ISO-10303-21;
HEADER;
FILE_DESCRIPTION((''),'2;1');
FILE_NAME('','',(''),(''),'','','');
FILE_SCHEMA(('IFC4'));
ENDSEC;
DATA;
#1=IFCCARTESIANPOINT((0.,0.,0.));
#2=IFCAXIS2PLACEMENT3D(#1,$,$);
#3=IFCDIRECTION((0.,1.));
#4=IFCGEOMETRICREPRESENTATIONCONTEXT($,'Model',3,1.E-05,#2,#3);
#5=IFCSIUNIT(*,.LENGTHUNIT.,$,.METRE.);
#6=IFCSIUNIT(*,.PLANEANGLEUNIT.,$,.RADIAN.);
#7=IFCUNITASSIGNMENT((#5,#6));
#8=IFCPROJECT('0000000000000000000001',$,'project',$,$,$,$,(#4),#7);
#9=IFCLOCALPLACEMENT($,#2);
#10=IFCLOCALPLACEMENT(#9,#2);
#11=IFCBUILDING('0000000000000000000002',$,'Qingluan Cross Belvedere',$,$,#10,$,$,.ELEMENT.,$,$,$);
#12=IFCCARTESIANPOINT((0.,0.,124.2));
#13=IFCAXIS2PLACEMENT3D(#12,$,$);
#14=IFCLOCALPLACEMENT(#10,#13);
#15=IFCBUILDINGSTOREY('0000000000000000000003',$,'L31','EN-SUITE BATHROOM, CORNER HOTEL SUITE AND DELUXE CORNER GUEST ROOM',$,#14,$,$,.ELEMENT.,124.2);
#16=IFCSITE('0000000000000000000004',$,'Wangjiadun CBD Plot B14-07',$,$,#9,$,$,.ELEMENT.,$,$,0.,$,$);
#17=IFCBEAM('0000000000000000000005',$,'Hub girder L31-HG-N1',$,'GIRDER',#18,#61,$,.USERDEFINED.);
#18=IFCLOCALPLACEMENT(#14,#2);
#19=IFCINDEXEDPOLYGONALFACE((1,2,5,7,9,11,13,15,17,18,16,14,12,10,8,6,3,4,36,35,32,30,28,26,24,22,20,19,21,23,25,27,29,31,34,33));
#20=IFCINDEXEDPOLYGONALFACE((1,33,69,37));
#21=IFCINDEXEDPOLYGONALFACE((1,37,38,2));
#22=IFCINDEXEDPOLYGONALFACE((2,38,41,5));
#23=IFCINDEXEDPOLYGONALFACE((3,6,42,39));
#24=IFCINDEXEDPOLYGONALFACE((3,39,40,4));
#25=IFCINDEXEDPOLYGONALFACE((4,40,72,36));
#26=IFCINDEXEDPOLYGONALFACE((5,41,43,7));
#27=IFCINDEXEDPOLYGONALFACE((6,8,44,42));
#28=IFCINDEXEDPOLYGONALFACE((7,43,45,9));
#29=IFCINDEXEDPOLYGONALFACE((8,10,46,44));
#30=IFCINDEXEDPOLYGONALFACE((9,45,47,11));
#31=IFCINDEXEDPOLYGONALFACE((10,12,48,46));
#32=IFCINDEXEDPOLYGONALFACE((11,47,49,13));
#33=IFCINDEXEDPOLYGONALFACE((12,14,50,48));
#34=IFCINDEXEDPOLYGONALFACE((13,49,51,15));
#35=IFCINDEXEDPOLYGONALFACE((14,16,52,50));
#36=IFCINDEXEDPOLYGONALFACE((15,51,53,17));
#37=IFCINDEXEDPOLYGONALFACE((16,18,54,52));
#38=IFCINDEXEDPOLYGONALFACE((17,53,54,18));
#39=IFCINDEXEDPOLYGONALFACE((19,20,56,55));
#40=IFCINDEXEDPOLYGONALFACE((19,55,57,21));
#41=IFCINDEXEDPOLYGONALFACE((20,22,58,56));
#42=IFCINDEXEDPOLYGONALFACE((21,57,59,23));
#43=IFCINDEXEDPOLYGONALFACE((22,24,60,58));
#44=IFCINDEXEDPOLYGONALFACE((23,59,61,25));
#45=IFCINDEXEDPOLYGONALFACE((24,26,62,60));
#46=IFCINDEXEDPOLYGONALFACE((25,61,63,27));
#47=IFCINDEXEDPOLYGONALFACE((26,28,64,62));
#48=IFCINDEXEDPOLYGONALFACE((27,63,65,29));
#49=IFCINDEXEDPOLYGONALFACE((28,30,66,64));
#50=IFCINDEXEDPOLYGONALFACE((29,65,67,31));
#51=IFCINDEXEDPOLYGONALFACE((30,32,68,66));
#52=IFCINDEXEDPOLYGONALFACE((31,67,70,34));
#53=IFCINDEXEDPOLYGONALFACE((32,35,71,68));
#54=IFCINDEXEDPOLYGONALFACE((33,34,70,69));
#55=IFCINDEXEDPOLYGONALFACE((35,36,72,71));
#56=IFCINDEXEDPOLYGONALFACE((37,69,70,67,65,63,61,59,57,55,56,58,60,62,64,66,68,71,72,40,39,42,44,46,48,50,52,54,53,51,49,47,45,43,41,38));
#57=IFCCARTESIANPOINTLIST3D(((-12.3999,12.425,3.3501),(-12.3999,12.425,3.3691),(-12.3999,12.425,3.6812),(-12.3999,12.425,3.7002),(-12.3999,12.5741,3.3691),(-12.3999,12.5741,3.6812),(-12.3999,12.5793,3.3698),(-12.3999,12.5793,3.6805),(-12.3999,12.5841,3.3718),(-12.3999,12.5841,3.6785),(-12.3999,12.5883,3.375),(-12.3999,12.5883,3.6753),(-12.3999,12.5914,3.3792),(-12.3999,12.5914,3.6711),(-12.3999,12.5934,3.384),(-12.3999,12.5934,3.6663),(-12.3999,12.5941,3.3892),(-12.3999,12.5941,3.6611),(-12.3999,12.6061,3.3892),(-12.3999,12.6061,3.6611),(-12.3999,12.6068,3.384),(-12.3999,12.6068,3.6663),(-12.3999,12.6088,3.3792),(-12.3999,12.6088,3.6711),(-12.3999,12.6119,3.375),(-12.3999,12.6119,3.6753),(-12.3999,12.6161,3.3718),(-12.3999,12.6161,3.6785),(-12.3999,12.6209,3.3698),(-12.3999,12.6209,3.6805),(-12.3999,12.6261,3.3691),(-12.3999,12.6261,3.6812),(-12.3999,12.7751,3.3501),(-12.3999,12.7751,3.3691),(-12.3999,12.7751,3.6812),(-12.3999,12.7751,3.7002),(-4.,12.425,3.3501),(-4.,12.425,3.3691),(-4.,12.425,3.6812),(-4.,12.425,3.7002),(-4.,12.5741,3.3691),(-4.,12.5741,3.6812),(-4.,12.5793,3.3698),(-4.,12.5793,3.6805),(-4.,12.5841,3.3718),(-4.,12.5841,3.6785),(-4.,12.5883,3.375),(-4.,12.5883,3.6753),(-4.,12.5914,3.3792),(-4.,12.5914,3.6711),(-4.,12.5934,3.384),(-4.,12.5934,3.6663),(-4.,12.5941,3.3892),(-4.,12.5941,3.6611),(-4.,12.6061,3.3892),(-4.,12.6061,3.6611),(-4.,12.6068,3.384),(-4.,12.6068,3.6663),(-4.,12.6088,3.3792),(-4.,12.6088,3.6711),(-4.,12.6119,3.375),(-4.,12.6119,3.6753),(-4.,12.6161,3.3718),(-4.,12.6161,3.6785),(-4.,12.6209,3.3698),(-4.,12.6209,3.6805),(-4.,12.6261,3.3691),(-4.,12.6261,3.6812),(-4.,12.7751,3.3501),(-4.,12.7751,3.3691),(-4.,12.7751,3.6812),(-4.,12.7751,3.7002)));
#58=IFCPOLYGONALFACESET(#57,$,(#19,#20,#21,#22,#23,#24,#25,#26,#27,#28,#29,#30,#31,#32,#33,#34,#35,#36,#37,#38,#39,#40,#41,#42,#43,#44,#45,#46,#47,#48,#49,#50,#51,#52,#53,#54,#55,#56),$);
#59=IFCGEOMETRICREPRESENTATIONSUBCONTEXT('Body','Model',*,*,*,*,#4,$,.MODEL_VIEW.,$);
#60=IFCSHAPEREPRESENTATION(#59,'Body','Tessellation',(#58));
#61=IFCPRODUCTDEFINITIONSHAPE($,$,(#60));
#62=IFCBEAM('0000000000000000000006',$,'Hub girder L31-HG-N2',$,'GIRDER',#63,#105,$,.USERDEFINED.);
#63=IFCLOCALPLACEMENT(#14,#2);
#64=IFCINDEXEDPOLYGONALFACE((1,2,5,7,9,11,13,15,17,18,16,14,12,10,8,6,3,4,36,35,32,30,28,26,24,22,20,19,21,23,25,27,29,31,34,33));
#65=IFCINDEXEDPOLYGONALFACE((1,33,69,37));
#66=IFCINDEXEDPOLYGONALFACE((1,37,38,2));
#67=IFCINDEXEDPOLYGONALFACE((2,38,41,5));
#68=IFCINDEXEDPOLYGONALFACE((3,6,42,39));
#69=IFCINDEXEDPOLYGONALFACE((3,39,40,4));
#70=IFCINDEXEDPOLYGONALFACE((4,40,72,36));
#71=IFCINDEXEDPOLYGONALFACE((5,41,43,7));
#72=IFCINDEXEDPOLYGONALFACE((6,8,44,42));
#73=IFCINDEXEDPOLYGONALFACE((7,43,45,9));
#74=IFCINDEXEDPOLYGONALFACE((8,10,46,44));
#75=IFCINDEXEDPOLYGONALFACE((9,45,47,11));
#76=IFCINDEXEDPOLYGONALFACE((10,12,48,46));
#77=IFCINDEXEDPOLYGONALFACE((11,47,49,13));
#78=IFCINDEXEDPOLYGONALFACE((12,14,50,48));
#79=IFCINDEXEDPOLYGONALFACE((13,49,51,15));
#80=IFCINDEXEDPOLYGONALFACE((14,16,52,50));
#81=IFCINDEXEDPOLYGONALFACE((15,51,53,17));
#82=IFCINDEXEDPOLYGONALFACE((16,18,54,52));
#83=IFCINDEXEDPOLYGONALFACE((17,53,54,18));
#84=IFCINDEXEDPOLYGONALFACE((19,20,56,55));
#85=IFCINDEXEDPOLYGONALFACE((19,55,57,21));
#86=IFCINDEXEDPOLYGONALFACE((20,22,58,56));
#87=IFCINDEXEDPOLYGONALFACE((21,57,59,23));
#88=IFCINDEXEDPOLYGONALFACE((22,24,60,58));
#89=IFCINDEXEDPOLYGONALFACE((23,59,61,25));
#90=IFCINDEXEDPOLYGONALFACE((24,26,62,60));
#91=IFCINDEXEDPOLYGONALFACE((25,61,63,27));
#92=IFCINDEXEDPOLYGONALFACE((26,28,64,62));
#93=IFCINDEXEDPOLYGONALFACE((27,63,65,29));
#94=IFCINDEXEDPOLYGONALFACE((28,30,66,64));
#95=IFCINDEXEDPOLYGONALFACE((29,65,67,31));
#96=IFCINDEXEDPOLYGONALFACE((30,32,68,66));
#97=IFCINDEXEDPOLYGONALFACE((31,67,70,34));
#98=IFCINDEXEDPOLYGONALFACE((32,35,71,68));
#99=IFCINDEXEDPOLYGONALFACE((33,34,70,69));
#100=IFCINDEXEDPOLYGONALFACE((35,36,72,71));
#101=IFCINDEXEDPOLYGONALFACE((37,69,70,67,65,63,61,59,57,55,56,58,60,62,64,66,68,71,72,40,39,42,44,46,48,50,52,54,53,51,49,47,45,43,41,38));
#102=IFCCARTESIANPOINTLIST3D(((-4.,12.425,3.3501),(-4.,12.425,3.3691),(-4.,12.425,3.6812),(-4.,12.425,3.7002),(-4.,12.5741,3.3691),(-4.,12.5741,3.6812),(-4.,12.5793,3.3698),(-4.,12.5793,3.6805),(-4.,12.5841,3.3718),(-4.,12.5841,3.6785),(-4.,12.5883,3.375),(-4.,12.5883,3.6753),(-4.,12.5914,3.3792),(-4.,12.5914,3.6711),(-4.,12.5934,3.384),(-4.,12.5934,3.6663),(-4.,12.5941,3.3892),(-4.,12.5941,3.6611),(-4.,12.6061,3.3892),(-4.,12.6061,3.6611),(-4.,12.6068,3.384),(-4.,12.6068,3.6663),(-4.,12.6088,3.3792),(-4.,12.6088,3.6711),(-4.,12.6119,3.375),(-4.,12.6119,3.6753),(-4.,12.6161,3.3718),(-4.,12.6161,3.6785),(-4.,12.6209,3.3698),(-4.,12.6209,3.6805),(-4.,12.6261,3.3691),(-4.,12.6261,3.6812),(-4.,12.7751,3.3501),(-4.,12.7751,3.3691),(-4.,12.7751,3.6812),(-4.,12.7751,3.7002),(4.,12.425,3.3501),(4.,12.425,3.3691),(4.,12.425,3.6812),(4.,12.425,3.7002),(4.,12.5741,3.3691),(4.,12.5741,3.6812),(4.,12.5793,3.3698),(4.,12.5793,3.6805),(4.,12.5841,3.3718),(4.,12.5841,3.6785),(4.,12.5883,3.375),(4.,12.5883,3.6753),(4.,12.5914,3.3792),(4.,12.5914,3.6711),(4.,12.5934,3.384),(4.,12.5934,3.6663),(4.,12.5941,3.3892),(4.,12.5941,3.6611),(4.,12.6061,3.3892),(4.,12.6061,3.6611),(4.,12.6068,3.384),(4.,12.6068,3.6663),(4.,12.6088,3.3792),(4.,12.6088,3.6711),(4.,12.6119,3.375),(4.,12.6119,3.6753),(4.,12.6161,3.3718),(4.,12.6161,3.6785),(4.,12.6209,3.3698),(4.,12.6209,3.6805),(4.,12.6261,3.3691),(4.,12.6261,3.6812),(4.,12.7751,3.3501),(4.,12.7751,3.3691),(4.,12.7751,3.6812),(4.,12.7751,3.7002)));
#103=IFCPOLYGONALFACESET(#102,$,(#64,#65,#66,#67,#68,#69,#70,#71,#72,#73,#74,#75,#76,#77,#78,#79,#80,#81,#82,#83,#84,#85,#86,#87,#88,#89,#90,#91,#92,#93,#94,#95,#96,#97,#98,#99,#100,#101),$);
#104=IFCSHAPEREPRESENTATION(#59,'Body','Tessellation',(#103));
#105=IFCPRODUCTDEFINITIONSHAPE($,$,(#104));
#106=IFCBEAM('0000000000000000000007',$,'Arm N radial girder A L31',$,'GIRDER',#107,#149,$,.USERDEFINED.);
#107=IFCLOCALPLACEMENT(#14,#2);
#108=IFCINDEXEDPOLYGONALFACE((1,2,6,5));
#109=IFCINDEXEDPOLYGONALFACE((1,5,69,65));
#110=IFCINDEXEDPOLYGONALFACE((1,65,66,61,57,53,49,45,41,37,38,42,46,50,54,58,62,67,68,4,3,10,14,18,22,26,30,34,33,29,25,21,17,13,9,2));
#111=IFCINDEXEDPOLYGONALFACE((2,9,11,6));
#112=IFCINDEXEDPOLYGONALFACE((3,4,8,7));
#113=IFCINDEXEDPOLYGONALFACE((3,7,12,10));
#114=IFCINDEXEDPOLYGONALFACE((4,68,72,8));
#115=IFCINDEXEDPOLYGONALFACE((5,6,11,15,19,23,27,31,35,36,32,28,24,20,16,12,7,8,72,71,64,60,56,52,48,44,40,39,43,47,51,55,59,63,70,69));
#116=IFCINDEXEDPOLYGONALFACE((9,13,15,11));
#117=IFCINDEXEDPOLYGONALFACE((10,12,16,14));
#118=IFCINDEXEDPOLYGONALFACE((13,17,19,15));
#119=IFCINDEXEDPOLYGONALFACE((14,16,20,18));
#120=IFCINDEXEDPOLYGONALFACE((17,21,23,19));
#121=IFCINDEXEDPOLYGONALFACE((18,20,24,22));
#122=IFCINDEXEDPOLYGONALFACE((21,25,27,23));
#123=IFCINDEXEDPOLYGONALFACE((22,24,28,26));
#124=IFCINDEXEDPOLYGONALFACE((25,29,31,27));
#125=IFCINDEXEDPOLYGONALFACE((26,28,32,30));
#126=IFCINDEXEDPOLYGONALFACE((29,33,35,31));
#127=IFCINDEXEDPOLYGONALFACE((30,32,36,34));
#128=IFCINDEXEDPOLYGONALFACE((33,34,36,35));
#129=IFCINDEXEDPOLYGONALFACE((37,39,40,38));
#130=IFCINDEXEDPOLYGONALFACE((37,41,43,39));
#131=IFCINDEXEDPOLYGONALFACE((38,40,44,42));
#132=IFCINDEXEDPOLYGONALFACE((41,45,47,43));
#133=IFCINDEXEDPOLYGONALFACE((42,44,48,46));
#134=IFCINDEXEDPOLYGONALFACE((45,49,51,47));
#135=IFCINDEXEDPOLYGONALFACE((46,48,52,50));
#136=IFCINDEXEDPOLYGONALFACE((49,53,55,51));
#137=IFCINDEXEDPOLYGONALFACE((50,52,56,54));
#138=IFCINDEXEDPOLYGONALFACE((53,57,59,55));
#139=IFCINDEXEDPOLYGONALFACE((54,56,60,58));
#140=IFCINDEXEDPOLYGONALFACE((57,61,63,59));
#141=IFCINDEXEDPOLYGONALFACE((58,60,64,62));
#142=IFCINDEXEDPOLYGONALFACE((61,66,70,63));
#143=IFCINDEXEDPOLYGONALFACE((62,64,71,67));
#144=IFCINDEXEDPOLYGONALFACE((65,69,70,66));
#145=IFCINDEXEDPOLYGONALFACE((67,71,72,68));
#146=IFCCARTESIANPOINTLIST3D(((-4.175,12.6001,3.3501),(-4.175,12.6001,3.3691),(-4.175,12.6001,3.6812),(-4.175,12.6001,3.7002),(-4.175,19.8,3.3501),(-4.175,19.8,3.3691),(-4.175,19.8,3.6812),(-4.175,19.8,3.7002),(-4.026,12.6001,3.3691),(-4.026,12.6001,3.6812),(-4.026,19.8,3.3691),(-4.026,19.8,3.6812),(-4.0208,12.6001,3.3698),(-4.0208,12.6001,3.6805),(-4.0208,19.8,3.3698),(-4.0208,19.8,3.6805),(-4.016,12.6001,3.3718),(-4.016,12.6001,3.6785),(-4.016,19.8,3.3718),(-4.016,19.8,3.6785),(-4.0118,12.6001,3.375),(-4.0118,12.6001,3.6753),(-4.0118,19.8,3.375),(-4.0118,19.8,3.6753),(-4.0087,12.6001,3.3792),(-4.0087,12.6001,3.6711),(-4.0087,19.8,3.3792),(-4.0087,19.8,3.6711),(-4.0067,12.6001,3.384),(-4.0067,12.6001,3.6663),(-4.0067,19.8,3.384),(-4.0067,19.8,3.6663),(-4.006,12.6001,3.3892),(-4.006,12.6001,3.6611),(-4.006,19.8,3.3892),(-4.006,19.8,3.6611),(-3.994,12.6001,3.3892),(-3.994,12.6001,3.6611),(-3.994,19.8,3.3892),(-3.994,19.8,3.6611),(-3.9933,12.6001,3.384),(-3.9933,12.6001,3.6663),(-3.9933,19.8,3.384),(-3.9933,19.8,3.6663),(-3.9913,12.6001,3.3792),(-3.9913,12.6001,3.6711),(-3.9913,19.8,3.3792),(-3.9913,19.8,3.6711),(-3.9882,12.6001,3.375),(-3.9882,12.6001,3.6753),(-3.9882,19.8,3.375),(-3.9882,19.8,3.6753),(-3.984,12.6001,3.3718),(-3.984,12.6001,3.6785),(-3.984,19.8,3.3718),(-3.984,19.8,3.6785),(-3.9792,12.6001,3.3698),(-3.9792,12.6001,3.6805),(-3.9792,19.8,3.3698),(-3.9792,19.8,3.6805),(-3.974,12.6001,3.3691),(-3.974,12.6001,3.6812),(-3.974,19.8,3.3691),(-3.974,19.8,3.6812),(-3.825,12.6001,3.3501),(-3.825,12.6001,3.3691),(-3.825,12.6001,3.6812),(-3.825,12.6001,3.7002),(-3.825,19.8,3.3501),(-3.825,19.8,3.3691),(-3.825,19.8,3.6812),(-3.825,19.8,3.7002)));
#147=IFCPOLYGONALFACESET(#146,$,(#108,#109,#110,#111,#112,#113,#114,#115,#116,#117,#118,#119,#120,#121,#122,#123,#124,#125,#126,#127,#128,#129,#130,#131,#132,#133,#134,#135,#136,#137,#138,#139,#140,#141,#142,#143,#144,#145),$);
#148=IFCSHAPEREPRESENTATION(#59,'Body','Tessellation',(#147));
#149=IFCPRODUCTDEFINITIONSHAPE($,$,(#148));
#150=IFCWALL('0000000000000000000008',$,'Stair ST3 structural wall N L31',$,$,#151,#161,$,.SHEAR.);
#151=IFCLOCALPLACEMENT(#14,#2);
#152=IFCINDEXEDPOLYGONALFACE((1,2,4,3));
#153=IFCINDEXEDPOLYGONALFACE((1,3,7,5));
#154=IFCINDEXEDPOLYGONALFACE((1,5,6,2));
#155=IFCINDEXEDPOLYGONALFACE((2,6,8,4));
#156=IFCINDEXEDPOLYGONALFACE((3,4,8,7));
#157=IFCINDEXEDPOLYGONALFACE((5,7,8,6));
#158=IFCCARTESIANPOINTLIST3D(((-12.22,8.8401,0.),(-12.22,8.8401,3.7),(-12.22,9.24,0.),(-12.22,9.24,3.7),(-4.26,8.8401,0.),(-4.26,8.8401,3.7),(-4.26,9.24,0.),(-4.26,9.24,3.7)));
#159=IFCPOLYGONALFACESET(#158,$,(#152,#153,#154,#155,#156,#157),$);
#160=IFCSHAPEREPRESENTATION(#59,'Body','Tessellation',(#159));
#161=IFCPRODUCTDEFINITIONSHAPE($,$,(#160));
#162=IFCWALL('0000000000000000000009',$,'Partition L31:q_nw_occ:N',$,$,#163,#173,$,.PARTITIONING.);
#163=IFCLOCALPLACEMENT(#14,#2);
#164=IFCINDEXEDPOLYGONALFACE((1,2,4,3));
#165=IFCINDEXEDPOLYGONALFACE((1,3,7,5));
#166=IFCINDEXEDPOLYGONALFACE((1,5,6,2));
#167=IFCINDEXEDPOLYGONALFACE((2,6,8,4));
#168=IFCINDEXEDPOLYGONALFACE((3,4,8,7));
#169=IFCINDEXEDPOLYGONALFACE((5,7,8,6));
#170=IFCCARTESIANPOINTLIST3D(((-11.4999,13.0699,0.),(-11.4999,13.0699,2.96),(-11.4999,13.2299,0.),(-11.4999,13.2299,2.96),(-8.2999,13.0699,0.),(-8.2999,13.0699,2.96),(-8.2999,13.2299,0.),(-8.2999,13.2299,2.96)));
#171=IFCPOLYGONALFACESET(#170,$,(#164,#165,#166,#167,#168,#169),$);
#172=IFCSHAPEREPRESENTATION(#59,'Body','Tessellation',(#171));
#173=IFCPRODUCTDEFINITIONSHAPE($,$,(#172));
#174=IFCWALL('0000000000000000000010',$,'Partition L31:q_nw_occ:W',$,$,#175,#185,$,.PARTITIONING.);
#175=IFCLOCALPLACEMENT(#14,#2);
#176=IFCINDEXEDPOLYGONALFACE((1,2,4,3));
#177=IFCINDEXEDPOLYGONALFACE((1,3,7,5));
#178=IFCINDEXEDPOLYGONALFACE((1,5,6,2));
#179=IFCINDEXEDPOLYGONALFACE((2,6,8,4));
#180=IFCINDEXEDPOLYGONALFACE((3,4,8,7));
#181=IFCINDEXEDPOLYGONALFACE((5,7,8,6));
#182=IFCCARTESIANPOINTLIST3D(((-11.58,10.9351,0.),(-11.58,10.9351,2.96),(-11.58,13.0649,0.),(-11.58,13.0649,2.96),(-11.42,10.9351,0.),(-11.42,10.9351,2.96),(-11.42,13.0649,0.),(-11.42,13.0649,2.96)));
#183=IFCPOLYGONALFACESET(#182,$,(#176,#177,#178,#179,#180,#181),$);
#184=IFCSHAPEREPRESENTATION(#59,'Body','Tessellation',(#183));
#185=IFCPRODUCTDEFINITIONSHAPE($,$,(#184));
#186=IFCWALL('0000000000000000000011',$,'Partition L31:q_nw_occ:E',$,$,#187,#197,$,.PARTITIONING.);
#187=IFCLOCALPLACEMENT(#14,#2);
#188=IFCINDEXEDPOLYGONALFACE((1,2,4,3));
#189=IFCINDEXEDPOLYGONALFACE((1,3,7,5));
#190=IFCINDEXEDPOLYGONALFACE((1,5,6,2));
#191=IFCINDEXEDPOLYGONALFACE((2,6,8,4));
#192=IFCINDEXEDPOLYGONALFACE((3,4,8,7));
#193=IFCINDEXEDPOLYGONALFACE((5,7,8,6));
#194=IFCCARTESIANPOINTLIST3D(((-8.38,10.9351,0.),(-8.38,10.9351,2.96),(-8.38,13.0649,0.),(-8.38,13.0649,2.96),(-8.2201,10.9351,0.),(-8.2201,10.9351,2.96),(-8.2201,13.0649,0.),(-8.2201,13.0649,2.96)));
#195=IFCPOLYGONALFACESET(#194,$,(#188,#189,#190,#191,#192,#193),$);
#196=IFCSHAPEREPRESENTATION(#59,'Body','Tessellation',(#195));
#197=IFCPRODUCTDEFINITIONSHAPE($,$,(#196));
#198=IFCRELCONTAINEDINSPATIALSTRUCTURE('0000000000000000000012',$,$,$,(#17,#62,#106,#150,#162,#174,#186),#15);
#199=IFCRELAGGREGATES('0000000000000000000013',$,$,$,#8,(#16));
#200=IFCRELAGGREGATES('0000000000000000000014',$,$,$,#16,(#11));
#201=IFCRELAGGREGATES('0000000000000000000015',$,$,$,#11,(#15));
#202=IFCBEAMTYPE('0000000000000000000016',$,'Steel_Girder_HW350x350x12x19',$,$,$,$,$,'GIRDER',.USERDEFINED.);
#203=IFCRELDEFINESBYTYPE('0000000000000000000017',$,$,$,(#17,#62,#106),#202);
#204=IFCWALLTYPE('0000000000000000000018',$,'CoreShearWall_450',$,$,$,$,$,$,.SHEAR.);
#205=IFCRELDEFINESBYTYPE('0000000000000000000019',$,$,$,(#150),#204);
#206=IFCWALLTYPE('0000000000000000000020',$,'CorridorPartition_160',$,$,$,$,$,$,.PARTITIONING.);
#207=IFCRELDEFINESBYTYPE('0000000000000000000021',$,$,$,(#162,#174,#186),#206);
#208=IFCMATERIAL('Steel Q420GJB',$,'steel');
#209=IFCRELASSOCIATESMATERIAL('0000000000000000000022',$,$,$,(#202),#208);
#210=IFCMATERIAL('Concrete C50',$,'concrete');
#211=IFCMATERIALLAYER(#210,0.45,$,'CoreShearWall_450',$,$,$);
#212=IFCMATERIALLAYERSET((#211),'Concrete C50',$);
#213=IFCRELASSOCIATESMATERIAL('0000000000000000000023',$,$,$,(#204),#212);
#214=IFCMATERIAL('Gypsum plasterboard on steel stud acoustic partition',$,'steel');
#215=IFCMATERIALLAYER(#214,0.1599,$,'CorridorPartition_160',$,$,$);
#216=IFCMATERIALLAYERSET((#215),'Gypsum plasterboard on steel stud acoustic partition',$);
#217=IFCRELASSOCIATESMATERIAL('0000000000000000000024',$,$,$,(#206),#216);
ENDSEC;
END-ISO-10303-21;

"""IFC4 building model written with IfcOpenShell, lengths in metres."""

from ifc_helpers import new_model, si_unit, direction, frame, frame_2d, origin, origin_2d, place, context, subcontext, project, spatial, rectangle, i_section, extrude, material, layer, layer_set, material_profile, profile_set, type_object, element, save


model = new_model("IFC4")

# Units and contexts
model_context = context("Model", 3, precision=1e-05, world=origin(), true_north=direction((0.0, 1.0)))
body_context = subcontext(model_context, "Body", "Model", "MODEL_VIEW")
ifc_project = project(units=[si_unit("LENGTHUNIT", "METRE"), si_unit("PLANEANGLEUNIT", "RADIAN")], contexts=[model_context])

# Site, building, storey
site_placement = place(None, origin())
site = spatial("IfcSite", under=ifc_project, at=site_placement, Name="Wangjiadun CBD Plot B14-07", CompositionType="ELEMENT", RefElevation=0.0)
building_placement = place(site_placement, origin())
building = spatial("IfcBuilding", under=site, at=building_placement, Name="Qingluan Cross Belvedere", CompositionType="ELEMENT")
storey_placement = place(building_placement, frame((0.0, 0.0, 124.2)))
storey = spatial("IfcBuildingStorey", under=building, at=storey_placement, Name="L31", Description="EN-SUITE BATHROOM, CORNER HOTEL SUITE AND DELUXE CORNER GUEST ROOM", CompositionType="ELEMENT", Elevation=124.2)

# Beams
ifc_material_1 = material(Name="Steel Q420GJB", Category="steel")
ifc_material_profile_1 = material_profile(ifc_material_1, i_section(OverallWidth=0.3501, OverallDepth=0.3501, WebThickness=0.012, FlangeThickness=0.019, FilletRadius=0.02, at=origin_2d()), Name="HW350x350x12x19")
ifc_profile_set_1 = profile_set([ifc_material_profile_1], Name="Steel Q420GJB")
beam_type_1 = type_object("IfcBeamType", Name="Steel_Girder_HW350x350x12x19", ElementType="GIRDER", PredefinedType="USERDEFINED", material=ifc_profile_set_1)
beam_1_placement = place(storey_placement, frame((-12.3999, 12.6001, 3.5251), z_axis=(1.0, 0.0, 0.0), x_axis=(0.0, 1.0, 0.0)))
element("IfcBeam", 1, at=beam_1_placement, inside=storey, type_object=beam_type_1, Name="Hub girder L31-HG-N1", ObjectType="GIRDER", PredefinedType="USERDEFINED", context=body_context, shape_type="SweptSolid", body=[
    extrude(i_section(OverallWidth=0.3501, OverallDepth=0.3501, WebThickness=0.012, FlangeThickness=0.019, FilletRadius=0.02, at=origin_2d()), origin(), (0.0, 0.0, 1.0), 8.3999),
])
beam_2_placement = place(storey_placement, frame((-4.0, 12.6001, 3.5251), z_axis=(1.0, 0.0, 0.0), x_axis=(0.0, 1.0, 0.0)))
element("IfcBeam", 2, at=beam_2_placement, inside=storey, type_object=beam_type_1, Name="Hub girder L31-HG-N2", ObjectType="GIRDER", PredefinedType="USERDEFINED", context=body_context, shape_type="SweptSolid", body=[
    extrude(i_section(OverallWidth=0.3501, OverallDepth=0.3501, WebThickness=0.012, FlangeThickness=0.019, FilletRadius=0.02, at=origin_2d()), origin(), (0.0, 0.0, 1.0), 8.0),
])
beam_3_placement = place(storey_placement, frame((-4.0, 12.6001, 3.5251), z_axis=(0.0, 1.0, 0.0), x_axis=(-1.0, 0.0, 0.0)))
element("IfcBeam", 3, at=beam_3_placement, inside=storey, type_object=beam_type_1, Name="Arm N radial girder A L31", ObjectType="GIRDER", PredefinedType="USERDEFINED", context=body_context, shape_type="SweptSolid", body=[
    extrude(i_section(OverallWidth=0.3501, OverallDepth=0.3501, WebThickness=0.012, FlangeThickness=0.019, FilletRadius=0.02, at=origin_2d()), origin(), (0.0, 0.0, 1.0), 7.2),
])

# Wall
ifc_material_2 = material(Name="Concrete C50", Category="concrete")
ifc_layer_1 = layer(ifc_material_2, 0.45, Name="CoreShearWall_450")
ifc_layer_set_1 = layer_set([ifc_layer_1], Name="Concrete C50")
wall_type_1 = type_object("IfcWallType", Name="CoreShearWall_450", PredefinedType="SHEAR", material=ifc_layer_set_1)
wall_1_placement = place(storey_placement, frame((-12.22, 9.04, 0.0), z_axis=(0.0, 0.0, 1.0), x_axis=(1.0, 0.0, 0.0)))
element("IfcWall", 4, at=wall_1_placement, inside=storey, type_object=wall_type_1, Name="Stair ST3 structural wall N L31", PredefinedType="SHEAR", context=body_context, shape_type="SweptSolid", body=[
    extrude(rectangle(XDim=7.96, YDim=0.3999, at=frame_2d((3.98, 0.0))), origin(), (0.0, 0.0, 1.0), 3.7),
])

# Shared definitions
ifc_material_3 = material(Name="Gypsum plasterboard on steel stud acoustic partition", Category="steel")
ifc_layer_2 = layer(ifc_material_3, 0.1599, Name="CorridorPartition_160")
ifc_layer_set_2 = layer_set([ifc_layer_2], Name="Gypsum plasterboard on steel stud acoustic partition")
wall_type_2 = type_object("IfcWallType", Name="CorridorPartition_160", PredefinedType="PARTITIONING", material=ifc_layer_set_2)

# Walls
wall_2_placement = place(storey_placement, frame((-11.5, 13.1499, 0.0), z_axis=(0.0, 0.0, 1.0), x_axis=(1.0, 0.0, 0.0)))
element("IfcWall", 5, at=wall_2_placement, inside=storey, type_object=wall_type_2, Name="Partition L31:q_nw_occ:N", PredefinedType="PARTITIONING", context=body_context, shape_type="SweptSolid", body=[
    extrude(rectangle(XDim=3.2, YDim=0.1599, at=frame_2d((1.6001, 0.0))), origin(), (0.0, 0.0, 1.0), 2.96),
])
for number, where, z_axis, x_axis, name in (
    (6, (-11.5, 10.9351, 0.0), (0.0, 0.0, 1.0), (0.0, 1.0, 0.0), "Partition L31:q_nw_occ:W"),
    (7, (-8.3, 10.9351, 0.0), (0.0, 0.0, 1.0), (0.0, 1.0, 0.0), "Partition L31:q_nw_occ:E"),
):
    element("IfcWall", number, at=place(storey_placement, frame(where, z_axis=z_axis, x_axis=x_axis)), inside=storey, type_object=wall_type_2, Name=name, PredefinedType="PARTITIONING", context=body_context, shape_type="SweptSolid", body=[
        extrude(rectangle(XDim=2.1299, YDim=0.1599, at=frame_2d((1.0649, 0.0))), origin(), (0.0, 0.0, 1.0), 2.96),
    ])

save(model, "model.ifc")
